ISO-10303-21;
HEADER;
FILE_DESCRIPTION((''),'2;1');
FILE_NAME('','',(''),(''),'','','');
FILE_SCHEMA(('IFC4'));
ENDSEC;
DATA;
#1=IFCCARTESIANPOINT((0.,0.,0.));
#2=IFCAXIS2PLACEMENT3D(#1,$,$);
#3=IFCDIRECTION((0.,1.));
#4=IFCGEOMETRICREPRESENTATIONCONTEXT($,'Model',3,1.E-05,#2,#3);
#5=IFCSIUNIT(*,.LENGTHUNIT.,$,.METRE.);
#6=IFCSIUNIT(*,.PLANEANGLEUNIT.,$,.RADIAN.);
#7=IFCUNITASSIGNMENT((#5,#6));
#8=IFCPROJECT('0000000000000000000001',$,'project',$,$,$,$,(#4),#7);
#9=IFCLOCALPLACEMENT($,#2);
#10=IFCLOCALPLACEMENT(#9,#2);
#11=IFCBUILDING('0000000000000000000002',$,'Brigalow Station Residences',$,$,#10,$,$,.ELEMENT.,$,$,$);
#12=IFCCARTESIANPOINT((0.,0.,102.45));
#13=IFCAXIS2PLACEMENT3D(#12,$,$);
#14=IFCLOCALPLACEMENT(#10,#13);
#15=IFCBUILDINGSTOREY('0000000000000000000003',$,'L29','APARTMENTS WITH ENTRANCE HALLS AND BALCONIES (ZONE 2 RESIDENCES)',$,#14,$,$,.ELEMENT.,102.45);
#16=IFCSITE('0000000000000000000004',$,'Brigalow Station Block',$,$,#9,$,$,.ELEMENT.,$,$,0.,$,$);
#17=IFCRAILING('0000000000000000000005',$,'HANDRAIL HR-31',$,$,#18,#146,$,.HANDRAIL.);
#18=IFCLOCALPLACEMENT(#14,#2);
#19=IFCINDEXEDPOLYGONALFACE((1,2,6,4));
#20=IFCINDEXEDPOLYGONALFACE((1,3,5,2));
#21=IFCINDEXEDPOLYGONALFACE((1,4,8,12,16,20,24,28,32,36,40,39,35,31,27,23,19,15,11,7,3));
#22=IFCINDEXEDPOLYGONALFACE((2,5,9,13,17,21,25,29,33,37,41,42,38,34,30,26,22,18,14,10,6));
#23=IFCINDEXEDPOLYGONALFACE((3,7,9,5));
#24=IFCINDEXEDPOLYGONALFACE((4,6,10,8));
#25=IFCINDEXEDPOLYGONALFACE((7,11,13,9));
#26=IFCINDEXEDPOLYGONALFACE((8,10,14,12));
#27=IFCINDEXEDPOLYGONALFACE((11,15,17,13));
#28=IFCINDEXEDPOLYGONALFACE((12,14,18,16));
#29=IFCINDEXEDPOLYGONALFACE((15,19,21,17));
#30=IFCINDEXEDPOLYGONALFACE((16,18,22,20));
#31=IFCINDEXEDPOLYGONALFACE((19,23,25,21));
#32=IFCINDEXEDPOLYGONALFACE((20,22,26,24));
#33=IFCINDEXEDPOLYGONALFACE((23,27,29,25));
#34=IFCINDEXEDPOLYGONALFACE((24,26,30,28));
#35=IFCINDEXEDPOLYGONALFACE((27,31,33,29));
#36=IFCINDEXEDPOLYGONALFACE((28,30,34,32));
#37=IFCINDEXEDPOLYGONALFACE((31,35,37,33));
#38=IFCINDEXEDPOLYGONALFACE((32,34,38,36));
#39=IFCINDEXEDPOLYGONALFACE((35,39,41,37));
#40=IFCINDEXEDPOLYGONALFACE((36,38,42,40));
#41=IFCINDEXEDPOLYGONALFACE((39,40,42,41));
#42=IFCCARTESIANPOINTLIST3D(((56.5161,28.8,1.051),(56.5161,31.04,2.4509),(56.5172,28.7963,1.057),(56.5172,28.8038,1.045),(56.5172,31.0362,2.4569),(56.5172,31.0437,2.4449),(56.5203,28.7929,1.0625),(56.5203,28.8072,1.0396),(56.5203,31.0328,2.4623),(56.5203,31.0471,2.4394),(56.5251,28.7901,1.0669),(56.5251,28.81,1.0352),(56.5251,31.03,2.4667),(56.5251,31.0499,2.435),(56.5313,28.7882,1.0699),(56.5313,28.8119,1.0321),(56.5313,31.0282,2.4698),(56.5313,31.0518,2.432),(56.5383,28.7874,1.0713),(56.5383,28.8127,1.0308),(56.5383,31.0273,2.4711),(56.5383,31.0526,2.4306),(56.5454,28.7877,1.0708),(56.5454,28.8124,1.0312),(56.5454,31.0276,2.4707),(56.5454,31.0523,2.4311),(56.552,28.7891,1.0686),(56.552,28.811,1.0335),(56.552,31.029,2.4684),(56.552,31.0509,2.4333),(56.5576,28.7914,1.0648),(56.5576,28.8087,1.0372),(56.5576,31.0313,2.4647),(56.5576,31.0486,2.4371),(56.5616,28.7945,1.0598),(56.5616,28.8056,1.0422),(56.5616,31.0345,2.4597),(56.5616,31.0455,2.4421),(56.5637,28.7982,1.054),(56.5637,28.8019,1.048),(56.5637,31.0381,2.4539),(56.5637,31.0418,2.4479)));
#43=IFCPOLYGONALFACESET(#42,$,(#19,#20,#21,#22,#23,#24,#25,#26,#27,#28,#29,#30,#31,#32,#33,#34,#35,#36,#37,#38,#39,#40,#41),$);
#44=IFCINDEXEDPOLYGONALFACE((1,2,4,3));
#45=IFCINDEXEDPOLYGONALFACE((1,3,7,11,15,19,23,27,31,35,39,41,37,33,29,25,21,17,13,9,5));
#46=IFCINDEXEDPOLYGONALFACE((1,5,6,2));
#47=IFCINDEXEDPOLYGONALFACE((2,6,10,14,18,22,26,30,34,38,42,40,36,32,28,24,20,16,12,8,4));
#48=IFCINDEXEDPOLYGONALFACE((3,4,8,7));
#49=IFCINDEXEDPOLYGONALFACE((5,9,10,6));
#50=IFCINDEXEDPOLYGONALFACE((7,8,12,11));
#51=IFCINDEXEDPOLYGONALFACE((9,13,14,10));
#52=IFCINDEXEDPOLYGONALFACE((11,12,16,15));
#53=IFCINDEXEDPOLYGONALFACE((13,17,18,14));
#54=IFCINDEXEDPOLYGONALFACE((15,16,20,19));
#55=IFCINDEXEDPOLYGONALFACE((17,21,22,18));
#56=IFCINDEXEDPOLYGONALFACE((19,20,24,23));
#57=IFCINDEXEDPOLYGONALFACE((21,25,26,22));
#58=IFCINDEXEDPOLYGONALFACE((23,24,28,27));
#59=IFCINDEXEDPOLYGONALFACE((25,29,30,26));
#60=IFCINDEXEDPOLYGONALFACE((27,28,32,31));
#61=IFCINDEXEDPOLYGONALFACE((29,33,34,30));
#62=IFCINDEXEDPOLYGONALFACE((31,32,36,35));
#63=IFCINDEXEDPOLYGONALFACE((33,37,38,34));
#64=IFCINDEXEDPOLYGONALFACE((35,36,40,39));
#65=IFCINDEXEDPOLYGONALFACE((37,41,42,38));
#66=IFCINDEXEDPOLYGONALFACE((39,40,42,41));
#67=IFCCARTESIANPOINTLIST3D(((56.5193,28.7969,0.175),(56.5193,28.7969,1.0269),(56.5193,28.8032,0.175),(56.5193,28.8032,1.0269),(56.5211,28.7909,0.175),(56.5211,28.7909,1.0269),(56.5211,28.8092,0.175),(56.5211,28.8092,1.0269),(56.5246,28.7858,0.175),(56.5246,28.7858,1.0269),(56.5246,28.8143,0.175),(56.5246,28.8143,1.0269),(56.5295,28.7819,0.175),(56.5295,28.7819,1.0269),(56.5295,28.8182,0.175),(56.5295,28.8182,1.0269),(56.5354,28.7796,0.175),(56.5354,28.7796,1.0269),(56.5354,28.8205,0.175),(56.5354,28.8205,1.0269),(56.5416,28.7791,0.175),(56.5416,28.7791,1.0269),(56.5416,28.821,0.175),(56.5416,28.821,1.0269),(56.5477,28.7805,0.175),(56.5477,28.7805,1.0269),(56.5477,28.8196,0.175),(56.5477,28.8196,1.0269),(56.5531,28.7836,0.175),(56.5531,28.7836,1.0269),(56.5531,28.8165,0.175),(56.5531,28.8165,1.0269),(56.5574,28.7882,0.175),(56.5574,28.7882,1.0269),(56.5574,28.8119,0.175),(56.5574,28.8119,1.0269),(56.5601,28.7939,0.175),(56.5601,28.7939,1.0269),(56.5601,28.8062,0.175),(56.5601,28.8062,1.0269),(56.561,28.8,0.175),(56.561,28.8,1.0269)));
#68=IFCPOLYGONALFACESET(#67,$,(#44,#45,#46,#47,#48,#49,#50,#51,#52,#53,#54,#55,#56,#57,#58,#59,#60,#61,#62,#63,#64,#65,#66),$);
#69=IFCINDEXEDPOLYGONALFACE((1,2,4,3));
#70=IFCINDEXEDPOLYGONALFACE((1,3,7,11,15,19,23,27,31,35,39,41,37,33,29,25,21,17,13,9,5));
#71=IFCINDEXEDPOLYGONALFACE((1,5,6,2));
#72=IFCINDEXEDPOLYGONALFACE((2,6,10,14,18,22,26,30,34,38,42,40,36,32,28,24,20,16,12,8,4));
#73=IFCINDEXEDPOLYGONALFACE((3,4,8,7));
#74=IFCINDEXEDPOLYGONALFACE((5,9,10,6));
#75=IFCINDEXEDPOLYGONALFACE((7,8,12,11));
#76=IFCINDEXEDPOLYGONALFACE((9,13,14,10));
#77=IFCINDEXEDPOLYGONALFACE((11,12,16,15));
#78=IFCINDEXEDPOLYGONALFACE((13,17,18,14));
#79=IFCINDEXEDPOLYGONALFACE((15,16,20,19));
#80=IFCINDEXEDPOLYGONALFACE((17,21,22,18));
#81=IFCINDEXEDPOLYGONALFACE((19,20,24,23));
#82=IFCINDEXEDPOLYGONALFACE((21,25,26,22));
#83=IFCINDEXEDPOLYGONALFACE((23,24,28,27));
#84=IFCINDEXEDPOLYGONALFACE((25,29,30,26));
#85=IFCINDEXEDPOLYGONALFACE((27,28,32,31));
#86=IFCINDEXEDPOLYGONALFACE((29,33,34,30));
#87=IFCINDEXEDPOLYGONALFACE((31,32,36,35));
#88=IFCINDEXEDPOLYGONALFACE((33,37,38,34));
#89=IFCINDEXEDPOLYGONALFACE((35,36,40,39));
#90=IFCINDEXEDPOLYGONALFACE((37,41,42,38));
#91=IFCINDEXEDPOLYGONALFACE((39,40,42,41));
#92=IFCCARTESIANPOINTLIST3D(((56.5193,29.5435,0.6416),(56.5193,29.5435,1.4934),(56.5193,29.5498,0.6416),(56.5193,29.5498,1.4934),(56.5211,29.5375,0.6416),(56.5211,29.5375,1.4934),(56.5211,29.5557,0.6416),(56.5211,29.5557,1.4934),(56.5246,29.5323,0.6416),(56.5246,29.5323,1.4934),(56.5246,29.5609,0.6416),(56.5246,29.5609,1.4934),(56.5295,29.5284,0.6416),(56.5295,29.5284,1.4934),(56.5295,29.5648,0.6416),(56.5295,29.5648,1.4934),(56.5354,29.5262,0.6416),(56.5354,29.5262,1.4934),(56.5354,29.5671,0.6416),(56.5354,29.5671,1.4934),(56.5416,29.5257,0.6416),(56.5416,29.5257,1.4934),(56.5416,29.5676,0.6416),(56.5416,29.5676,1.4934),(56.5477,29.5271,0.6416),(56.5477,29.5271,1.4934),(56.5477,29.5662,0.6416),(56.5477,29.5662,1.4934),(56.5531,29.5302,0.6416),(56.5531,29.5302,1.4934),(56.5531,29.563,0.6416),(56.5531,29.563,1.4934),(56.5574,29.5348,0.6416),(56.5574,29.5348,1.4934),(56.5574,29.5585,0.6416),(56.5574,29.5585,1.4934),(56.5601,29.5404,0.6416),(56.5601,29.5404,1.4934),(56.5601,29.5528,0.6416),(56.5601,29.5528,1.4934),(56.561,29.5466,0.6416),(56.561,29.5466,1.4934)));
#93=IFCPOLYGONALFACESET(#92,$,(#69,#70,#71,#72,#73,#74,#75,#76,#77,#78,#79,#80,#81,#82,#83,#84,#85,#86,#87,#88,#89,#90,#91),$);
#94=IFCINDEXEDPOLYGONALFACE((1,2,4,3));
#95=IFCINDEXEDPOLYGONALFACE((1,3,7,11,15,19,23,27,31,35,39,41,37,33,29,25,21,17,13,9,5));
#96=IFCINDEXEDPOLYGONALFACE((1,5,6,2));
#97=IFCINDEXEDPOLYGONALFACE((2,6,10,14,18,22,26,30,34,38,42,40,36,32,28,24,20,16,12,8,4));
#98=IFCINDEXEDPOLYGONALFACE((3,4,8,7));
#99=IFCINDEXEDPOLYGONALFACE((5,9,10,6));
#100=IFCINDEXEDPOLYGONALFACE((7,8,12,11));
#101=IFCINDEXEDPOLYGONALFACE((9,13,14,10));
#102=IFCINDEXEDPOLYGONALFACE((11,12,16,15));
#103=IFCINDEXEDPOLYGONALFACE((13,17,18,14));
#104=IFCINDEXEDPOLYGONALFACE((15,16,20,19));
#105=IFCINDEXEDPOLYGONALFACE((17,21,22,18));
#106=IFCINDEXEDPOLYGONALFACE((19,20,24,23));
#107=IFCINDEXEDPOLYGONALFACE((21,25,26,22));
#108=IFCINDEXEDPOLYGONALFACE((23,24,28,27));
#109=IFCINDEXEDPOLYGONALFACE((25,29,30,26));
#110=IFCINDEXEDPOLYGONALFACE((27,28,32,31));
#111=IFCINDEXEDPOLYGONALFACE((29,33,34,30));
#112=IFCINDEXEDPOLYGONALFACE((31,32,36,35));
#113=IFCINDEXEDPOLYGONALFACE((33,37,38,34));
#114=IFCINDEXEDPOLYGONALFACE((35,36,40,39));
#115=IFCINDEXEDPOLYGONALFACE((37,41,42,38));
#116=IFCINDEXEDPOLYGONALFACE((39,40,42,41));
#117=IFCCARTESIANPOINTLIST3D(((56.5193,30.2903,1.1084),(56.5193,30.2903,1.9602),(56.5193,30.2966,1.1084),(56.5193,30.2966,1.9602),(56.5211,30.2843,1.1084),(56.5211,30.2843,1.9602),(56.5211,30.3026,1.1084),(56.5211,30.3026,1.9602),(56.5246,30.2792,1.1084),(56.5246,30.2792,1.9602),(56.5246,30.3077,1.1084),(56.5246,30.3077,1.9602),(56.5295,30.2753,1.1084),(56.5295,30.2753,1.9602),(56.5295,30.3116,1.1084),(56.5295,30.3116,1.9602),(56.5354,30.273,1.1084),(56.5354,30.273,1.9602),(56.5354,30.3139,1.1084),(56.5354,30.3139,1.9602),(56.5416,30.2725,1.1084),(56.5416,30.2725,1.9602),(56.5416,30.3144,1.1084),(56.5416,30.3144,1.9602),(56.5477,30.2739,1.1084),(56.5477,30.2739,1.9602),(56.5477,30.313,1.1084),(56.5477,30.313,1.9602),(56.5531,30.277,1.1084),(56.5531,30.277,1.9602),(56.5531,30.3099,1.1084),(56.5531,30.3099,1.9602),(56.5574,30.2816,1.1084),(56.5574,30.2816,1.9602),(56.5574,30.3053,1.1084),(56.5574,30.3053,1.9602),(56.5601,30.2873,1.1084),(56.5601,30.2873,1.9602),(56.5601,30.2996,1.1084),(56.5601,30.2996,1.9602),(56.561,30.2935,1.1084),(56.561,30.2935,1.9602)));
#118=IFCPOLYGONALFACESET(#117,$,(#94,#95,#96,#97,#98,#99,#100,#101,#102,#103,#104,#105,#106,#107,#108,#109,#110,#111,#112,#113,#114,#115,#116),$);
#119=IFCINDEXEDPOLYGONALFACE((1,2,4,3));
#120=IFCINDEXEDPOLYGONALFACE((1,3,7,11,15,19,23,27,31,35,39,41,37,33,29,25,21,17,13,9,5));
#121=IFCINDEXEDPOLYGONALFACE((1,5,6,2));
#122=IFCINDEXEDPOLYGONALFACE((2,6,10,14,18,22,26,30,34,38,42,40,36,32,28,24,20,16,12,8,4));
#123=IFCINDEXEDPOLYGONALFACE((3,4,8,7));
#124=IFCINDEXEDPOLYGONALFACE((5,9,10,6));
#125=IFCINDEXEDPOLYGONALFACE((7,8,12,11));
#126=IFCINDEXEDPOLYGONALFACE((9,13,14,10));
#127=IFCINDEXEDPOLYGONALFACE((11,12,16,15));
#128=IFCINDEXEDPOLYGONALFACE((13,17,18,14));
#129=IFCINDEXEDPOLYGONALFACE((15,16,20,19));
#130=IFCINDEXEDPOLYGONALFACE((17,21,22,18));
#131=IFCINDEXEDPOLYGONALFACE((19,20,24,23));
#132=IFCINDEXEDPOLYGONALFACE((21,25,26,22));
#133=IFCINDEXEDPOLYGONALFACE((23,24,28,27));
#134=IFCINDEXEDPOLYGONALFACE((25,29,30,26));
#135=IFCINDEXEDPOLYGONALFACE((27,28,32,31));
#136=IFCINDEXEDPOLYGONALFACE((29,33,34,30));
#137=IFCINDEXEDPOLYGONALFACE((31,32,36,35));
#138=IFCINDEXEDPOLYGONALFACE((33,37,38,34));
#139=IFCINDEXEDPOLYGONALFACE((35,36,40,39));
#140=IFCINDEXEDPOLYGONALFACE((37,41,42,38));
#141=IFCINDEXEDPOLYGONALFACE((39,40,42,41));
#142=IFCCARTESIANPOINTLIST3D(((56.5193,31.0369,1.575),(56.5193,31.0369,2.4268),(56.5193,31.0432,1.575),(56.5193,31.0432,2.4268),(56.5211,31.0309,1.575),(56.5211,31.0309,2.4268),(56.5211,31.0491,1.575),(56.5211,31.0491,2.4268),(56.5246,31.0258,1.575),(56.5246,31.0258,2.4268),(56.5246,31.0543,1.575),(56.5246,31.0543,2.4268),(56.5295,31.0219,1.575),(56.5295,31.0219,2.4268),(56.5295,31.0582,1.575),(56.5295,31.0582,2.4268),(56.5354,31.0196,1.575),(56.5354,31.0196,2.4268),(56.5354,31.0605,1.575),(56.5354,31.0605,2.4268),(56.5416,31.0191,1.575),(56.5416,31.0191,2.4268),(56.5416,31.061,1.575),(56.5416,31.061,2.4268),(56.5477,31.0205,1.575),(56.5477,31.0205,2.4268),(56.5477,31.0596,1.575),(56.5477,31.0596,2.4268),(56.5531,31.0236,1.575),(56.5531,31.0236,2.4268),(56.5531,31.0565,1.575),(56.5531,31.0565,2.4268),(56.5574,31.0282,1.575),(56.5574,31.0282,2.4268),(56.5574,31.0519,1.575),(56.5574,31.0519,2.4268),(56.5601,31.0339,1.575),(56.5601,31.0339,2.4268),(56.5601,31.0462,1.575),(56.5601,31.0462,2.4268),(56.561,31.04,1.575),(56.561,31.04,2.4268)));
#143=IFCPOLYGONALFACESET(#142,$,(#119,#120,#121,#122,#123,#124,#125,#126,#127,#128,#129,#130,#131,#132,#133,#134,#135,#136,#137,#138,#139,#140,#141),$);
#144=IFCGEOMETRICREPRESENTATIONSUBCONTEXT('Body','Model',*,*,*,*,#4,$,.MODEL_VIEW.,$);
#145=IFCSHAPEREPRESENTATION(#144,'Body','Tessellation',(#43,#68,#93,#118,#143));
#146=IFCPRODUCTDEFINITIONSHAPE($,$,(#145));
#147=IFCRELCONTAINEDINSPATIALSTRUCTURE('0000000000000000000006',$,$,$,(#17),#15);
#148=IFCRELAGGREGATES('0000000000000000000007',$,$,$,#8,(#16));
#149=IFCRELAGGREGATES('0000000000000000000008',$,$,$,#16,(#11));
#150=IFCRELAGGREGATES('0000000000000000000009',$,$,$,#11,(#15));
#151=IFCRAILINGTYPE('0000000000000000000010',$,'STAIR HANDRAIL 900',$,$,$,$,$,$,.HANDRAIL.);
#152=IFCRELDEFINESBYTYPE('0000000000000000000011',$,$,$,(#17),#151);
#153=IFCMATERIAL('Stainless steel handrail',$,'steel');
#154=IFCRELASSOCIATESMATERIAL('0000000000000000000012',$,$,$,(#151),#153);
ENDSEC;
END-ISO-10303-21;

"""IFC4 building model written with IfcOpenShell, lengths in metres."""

from ifc_helpers import new_model, si_unit, direction, frame, origin, origin_2d, place, context, subcontext, project, spatial, circle, extrude, material, type_object, element, save


model = new_model("IFC4")

# Units and contexts
model_context = context("Model", 3, precision=1e-05, world=origin(), true_north=direction((0.0, 1.0)))
body_context = subcontext(model_context, "Body", "Model", "MODEL_VIEW")
ifc_project = project(units=[si_unit("LENGTHUNIT", "METRE"), si_unit("PLANEANGLEUNIT", "RADIAN")], contexts=[model_context])

# Site, building, storey
site_placement = place(None, origin())
site = spatial("IfcSite", under=ifc_project, at=site_placement, Name="Brigalow Station Block", CompositionType="ELEMENT", RefElevation=0.0)
building_placement = place(site_placement, origin())
building = spatial("IfcBuilding", under=site, at=building_placement, Name="Brigalow Station Residences", CompositionType="ELEMENT")
storey_placement = place(building_placement, frame((0.0, 0.0, 102.45)))
storey = spatial("IfcBuildingStorey", under=building, at=storey_placement, Name="L29", Description="APARTMENTS WITH ENTRANCE HALLS AND BALCONIES (ZONE 2 RESIDENCES)", CompositionType="ELEMENT", Elevation=102.45)

# Railing
ifc_material_1 = material(Name="Stainless steel handrail", Category="steel")
railing_type_1 = type_object("IfcRailingType", Name="STAIR HANDRAIL 900", PredefinedType="HANDRAIL", material=ifc_material_1)
railing_1_placement = place(storey_placement, frame((56.54, 28.8, 0.175)))
element("IfcRailing", 1, at=railing_1_placement, inside=storey, type_object=railing_type_1, Name="HANDRAIL HR-31", PredefinedType="HANDRAIL", context=body_context, shape_type="SweptSolid", body=[
    extrude(circle(Radius=0.0239, at=origin_2d()), frame((0.0, 0.0, 0.876), z_axis=(0.0, 0.848014, 0.529974), x_axis=(-1.0, 0.0, 0.0)), (0.0, 0.0, 1.0), 2.6414),
    extrude(circle(Radius=0.021, at=origin_2d()), origin(), (0.0, 0.0, 1.0), 0.8518),
    extrude(circle(Radius=0.021, at=origin_2d()), frame((0.0, 0.7466, 0.4666)), (0.0, 0.0, 1.0), 0.8518),
    extrude(circle(Radius=0.021, at=origin_2d()), frame((0.0, 1.4934, 0.9333)), (0.0, 0.0, 1.0), 0.8518),
    extrude(circle(Radius=0.021, at=origin_2d()), frame((0.0, 2.24, 1.3999)), (0.0, 0.0, 1.0), 0.8518),
])

save(model, "model.ifc")
